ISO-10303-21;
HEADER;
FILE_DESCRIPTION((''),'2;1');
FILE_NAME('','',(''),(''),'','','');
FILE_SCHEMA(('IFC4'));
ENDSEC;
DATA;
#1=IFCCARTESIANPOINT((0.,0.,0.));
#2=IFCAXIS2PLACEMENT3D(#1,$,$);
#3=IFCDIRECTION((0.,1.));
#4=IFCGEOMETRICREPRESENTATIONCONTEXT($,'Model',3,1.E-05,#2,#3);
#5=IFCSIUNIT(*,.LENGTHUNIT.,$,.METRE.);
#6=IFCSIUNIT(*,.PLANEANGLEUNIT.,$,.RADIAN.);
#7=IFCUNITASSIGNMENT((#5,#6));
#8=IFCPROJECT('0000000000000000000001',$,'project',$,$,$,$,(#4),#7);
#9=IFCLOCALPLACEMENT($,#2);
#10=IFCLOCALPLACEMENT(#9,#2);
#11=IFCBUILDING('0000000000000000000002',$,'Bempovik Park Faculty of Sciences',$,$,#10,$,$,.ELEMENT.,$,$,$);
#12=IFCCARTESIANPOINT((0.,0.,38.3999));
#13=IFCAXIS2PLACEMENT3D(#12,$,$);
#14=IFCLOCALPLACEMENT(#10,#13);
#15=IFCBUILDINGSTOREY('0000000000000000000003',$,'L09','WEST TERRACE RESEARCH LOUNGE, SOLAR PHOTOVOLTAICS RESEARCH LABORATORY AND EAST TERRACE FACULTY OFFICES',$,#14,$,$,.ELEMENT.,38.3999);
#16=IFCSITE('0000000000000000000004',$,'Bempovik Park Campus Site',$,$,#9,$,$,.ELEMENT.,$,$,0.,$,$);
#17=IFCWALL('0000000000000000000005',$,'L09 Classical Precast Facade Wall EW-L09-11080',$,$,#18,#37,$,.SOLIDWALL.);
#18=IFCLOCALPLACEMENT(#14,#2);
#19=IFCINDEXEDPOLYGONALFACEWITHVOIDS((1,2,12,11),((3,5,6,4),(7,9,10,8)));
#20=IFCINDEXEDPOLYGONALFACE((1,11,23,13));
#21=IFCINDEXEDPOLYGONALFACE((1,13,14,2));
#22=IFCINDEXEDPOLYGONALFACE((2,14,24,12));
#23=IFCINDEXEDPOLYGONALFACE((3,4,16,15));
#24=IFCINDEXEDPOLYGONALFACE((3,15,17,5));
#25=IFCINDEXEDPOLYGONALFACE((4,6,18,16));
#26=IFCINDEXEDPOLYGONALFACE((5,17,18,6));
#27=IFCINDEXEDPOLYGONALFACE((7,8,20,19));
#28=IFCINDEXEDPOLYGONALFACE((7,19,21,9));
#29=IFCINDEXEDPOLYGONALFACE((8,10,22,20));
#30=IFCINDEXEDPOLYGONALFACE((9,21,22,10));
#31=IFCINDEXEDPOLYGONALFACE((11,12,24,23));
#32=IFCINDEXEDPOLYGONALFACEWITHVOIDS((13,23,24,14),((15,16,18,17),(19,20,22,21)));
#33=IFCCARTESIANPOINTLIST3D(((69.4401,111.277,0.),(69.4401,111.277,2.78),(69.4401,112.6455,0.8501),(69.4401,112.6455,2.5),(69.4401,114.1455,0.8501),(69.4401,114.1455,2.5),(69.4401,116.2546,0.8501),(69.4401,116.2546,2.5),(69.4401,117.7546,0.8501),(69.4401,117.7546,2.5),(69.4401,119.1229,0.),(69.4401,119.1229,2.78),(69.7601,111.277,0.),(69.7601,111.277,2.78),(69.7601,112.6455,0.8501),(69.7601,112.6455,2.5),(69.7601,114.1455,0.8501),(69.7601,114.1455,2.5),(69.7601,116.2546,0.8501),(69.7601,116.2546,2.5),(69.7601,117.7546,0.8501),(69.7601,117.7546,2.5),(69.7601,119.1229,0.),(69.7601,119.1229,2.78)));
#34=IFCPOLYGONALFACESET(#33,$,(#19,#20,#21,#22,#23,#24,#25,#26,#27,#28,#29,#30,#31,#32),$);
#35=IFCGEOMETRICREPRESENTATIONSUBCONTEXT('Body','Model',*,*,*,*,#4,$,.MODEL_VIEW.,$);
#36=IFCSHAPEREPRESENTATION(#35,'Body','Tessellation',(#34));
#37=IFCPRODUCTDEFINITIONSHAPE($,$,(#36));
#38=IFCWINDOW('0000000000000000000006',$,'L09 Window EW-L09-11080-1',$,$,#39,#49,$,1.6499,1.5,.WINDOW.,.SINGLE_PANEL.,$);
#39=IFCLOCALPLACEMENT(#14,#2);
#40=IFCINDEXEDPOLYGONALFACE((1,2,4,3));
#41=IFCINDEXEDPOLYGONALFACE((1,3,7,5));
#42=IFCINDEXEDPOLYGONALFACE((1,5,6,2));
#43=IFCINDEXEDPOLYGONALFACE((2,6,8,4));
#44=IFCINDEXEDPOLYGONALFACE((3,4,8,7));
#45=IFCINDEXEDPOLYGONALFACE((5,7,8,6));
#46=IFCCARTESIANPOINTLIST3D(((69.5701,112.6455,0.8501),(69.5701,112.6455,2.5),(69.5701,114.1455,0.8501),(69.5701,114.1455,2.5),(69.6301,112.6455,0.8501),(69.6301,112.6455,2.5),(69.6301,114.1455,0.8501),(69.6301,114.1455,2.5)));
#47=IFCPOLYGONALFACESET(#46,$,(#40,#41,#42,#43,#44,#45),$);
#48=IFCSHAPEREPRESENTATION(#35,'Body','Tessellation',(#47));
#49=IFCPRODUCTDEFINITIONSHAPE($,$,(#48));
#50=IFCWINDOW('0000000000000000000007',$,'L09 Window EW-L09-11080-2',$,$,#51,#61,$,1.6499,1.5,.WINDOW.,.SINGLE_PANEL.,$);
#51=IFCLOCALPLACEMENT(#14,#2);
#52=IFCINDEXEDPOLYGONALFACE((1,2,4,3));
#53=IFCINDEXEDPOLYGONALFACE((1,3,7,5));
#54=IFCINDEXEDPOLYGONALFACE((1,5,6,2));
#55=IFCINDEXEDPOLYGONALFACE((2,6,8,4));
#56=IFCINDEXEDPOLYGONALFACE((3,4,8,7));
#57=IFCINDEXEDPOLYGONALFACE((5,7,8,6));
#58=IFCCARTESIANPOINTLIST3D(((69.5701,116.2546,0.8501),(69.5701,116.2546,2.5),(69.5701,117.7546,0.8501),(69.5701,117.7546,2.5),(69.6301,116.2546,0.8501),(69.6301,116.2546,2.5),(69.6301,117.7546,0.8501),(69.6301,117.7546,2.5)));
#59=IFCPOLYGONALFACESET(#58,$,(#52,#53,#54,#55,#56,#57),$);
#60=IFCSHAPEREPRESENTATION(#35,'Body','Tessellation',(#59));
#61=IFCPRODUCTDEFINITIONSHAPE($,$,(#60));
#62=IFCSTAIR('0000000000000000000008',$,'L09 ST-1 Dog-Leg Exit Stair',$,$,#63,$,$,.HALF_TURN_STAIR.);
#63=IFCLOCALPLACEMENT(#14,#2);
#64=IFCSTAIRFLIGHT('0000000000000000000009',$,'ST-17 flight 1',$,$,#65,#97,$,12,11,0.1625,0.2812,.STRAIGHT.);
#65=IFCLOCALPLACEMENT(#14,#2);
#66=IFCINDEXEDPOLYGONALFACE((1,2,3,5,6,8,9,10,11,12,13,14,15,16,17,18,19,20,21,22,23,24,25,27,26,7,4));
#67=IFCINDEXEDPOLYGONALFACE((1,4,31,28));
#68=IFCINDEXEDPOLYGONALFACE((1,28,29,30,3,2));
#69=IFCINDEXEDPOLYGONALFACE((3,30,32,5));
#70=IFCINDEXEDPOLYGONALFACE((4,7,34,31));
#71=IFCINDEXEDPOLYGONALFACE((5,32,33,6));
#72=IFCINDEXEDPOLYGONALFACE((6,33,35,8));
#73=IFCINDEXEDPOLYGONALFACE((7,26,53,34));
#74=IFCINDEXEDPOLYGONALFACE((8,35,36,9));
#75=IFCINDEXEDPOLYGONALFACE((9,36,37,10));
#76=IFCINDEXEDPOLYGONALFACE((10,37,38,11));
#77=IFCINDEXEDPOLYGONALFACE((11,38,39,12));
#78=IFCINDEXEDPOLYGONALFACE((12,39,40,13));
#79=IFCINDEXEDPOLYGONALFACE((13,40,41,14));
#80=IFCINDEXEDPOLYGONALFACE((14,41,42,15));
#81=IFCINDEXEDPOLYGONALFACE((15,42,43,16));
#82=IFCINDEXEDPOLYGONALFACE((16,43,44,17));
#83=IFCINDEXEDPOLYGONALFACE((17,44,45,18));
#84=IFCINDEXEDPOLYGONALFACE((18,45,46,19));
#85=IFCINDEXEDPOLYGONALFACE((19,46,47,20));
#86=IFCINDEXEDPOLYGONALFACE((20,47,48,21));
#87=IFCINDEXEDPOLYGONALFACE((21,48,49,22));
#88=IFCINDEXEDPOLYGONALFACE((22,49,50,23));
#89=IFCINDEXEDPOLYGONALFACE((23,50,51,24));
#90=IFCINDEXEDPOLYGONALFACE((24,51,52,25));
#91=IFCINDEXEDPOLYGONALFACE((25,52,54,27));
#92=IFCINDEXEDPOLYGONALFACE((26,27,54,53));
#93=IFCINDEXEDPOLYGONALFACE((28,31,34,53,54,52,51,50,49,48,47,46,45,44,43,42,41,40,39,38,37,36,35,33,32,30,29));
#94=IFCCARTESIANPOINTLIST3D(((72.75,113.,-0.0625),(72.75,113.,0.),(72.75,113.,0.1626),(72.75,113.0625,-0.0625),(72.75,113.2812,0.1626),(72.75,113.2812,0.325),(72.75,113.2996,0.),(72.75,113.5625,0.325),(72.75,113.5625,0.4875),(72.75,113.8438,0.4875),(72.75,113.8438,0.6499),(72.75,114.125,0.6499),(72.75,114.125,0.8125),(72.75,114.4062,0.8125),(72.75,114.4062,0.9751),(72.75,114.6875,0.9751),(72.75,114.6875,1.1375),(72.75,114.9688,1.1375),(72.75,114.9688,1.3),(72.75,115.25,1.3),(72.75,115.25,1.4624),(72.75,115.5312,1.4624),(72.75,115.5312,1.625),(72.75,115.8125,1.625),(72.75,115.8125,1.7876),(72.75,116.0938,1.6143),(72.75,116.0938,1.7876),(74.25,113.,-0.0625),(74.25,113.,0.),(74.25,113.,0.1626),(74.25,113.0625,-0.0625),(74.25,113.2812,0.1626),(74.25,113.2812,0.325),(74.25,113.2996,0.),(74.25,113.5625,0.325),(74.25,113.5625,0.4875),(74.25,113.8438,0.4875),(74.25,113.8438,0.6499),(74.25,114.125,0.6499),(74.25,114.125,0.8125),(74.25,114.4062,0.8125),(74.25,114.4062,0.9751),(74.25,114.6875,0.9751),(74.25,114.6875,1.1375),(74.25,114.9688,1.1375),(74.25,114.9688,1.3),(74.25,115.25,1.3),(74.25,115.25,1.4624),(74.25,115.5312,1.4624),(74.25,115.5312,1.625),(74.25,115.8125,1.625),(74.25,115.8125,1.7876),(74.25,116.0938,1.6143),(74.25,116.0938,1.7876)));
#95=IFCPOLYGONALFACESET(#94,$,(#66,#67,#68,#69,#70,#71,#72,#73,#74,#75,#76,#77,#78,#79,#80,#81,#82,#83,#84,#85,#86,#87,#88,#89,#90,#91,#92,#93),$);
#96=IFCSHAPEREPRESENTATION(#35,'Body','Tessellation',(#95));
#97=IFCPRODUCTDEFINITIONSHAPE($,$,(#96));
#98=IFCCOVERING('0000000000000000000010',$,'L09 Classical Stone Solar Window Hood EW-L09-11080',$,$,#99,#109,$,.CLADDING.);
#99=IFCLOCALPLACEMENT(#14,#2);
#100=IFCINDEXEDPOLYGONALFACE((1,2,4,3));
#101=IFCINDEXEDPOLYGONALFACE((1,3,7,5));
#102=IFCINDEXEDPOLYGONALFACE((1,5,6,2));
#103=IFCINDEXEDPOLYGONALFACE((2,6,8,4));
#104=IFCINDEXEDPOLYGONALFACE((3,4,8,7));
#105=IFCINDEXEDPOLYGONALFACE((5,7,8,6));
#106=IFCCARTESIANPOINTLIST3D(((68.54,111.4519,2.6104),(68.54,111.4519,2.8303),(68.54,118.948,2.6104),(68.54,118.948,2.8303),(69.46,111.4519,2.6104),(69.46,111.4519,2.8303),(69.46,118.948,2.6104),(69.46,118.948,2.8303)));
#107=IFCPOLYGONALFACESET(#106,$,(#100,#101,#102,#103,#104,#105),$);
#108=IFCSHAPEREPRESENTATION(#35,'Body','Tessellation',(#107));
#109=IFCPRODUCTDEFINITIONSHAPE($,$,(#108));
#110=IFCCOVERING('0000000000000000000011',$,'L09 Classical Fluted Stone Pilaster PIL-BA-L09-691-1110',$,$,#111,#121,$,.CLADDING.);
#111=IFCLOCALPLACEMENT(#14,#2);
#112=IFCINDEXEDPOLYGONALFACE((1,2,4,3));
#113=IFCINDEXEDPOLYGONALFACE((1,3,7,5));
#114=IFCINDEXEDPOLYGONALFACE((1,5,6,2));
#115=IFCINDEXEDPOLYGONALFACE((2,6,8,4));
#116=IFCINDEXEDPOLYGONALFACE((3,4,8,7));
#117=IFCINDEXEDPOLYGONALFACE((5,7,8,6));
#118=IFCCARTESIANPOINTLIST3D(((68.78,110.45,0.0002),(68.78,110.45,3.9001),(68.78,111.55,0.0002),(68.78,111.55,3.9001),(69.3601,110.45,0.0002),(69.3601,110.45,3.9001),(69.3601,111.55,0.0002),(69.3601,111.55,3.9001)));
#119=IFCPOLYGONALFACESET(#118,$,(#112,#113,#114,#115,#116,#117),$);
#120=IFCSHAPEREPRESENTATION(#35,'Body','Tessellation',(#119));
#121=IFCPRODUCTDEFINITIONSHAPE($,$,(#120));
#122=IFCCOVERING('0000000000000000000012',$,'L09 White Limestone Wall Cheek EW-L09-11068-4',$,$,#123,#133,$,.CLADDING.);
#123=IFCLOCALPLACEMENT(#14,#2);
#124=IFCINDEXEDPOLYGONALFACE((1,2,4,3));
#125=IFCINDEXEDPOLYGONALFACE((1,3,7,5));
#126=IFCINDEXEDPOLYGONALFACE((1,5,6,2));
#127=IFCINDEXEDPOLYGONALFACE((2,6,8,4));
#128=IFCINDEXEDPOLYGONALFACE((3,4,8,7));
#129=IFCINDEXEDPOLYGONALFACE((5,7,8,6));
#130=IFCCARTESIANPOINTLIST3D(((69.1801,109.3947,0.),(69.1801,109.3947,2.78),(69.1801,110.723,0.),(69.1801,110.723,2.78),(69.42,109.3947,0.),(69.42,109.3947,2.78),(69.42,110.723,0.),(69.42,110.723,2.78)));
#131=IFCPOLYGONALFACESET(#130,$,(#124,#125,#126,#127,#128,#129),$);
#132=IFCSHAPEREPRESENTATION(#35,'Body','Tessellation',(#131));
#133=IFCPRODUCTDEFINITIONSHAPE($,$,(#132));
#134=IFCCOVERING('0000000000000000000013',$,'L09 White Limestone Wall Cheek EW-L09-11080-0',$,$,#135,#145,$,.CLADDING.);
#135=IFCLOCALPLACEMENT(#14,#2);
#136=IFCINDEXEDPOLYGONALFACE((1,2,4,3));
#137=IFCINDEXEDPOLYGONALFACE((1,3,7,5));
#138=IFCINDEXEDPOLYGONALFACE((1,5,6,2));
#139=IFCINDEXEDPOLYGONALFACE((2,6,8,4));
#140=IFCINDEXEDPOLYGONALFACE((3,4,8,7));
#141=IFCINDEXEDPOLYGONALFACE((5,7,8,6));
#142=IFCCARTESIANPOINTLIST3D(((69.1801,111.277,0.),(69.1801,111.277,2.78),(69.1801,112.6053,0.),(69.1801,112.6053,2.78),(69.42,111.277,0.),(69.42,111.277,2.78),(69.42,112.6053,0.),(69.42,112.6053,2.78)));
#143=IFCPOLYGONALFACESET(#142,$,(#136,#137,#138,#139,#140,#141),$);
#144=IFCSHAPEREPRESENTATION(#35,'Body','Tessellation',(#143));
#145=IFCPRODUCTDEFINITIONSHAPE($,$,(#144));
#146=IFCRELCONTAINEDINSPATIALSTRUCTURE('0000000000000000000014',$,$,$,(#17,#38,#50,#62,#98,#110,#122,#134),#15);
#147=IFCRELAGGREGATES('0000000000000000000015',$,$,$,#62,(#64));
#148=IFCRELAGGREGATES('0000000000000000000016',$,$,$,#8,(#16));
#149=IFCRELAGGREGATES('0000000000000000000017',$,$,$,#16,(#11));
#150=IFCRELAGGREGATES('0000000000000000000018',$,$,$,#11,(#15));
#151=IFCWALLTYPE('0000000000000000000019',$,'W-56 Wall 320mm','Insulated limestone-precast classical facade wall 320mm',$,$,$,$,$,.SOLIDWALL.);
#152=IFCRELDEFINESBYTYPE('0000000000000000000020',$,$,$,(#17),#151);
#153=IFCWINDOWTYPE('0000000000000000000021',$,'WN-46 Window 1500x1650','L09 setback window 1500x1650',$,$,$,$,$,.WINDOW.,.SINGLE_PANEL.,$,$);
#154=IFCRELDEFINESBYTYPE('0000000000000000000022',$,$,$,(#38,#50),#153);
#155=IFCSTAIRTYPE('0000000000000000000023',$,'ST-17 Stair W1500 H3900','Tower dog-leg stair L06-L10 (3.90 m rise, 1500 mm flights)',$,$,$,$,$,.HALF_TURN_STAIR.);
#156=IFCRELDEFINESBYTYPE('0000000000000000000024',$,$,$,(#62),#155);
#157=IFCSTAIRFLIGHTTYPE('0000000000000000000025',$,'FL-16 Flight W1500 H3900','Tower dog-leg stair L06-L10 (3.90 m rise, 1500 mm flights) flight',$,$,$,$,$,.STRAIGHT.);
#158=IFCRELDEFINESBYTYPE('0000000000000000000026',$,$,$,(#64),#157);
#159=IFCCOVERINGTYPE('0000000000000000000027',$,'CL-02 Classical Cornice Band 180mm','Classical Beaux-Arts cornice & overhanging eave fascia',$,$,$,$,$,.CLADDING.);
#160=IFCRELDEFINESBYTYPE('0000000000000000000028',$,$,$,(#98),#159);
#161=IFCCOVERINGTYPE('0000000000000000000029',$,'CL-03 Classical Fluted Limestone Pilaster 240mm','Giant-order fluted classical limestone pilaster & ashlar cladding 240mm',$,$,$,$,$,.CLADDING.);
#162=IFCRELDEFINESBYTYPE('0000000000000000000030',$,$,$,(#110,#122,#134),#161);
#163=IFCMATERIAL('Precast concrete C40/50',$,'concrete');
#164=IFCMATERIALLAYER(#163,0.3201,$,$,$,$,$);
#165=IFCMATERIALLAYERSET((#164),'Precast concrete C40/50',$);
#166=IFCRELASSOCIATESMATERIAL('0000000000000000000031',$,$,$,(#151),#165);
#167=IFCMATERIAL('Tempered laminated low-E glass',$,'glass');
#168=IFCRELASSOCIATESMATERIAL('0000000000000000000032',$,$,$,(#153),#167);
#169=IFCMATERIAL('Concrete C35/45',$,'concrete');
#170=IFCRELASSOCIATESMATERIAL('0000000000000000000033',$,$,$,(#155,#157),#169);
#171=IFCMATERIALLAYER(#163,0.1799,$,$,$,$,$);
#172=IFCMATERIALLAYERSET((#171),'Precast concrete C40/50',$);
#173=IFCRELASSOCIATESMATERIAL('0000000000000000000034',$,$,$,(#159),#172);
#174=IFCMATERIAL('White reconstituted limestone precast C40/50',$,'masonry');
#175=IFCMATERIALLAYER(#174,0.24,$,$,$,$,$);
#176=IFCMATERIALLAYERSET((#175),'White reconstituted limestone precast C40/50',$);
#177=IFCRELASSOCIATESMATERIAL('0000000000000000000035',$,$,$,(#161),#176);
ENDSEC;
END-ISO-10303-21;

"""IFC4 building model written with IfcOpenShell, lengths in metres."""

from ifc_helpers import new_model, si_unit, direction, frame, frame_2d, origin, origin_2d, place, context, subcontext, project, spatial, polyline, rectangle, outline, extrude, material, layer, layer_set, type_object, element, fill, aggregate, save


model = new_model("IFC4")

# Units and contexts
model_context = context("Model", 3, precision=1e-05, world=origin(), true_north=direction((0.0, 1.0)))
body_context = subcontext(model_context, "Body", "Model", "MODEL_VIEW")
ifc_project = project(units=[si_unit("LENGTHUNIT", "METRE"), si_unit("PLANEANGLEUNIT", "RADIAN")], contexts=[model_context])

# Site, building, storey
site_placement = place(None, origin())
site = spatial("IfcSite", under=ifc_project, at=site_placement, Name="Bempovik Park Campus Site", CompositionType="ELEMENT", RefElevation=0.0)
building_placement = place(site_placement, origin())
building = spatial("IfcBuilding", under=site, at=building_placement, Name="Bempovik Park Faculty of Sciences", CompositionType="ELEMENT")
storey_placement = place(building_placement, frame((0.0, 0.0, 38.3999)))
storey = spatial("IfcBuildingStorey", under=building, at=storey_placement, Name="L09", Description="WEST TERRACE RESEARCH LOUNGE, SOLAR PHOTOVOLTAICS RESEARCH LABORATORY AND EAST TERRACE FACULTY OFFICES", CompositionType="ELEMENT", Elevation=38.3999)

# Shared definitions
ifc_material_1 = material(Name="Concrete C35/45", Category="concrete")

# Wall, openings, windows
ifc_material_2 = material(Name="Precast concrete C40/50", Category="concrete")
ifc_layer_1 = layer(ifc_material_2, 0.3201)
ifc_layer_set_1 = layer_set([ifc_layer_1], Name="Precast concrete C40/50")
wall_type_1 = type_object("IfcWallType", Name="W-56 Wall 320mm", Description="Insulated limestone-precast classical facade wall 320mm", PredefinedType="SOLIDWALL", material=ifc_layer_set_1)
wall_1_placement = place(storey_placement, frame((69.6001, 111.2771, 0.0), z_axis=(0.0, 0.0, 1.0), x_axis=(0.0, 1.0, 0.0)))
wall_1 = element("IfcWall", 1, at=wall_1_placement, inside=storey, type_object=wall_type_1, Name="L09 Classical Precast Facade Wall EW-L09-11080", PredefinedType="SOLIDWALL", context=body_context, shape_type="SweptSolid", body=[
    extrude(rectangle(XDim=7.8459, YDim=0.3201, at=frame_2d((3.9229, 0.0))), origin(), (0.0, 0.0, 1.0), 2.78),
])
opening_1_placement = place(wall_1_placement, frame((1.3684, 0.0, 0.8501)))
opening_1 = element("IfcOpeningElement", 2, at=opening_1_placement, cuts=wall_1, PredefinedType="OPENING", context=body_context, shape_type="SweptSolid", body=[
    extrude(rectangle(XDim=1.5, YDim=1.6499, at=frame_2d((0.75, 0.825))), frame((0.0, 0.1699, 0.0), z_axis=(0.0, -1.0, 0.0), x_axis=(1.0, 0.0, 0.0)), (0.0, 0.0, 1.0), 0.3401),
])
opening_2_placement = place(wall_1_placement, frame((4.9775, 0.0, 0.8501)))
opening_2 = element("IfcOpeningElement", 3, at=opening_2_placement, cuts=wall_1, PredefinedType="OPENING", context=body_context, shape_type="SweptSolid", body=[
    extrude(rectangle(XDim=1.5, YDim=1.6499, at=frame_2d((0.75, 0.825))), frame((0.0, 0.1699, 0.0), z_axis=(0.0, -1.0, 0.0), x_axis=(1.0, 0.0, 0.0)), (0.0, 0.0, 1.0), 0.3401),
])
ifc_material_3 = material(Name="Tempered laminated low-E glass", Category="glass")
window_type = type_object("IfcWindowType", Name="WN-46 Window 1500x1650", Description="L09 setback window 1500x1650", PartitioningType="SINGLE_PANEL", PredefinedType="WINDOW", material=ifc_material_3)
window_1_placement = place(opening_1_placement, origin())
window_1 = element("IfcWindow", 4, at=window_1_placement, inside=storey, type_object=window_type, Name="L09 Window EW-L09-11080-1", OverallHeight=1.6499, OverallWidth=1.5, PartitioningType="SINGLE_PANEL", PredefinedType="WINDOW", context=body_context, shape_type="SweptSolid", body=[
    extrude(rectangle(XDim=1.5, YDim=1.6499, at=frame_2d((0.75, 0.825))), frame((0.0, 0.03, 0.0), z_axis=(0.0, -1.0, 0.0), x_axis=(1.0, 0.0, 0.0)), (0.0, 0.0, 1.0), 0.0601),
])
fill(opening_1, window_1)
window_2_placement = place(opening_2_placement, origin())
window_2 = element("IfcWindow", 5, at=window_2_placement, inside=storey, type_object=window_type, Name="L09 Window EW-L09-11080-2", OverallHeight=1.6499, OverallWidth=1.5, PartitioningType="SINGLE_PANEL", PredefinedType="WINDOW", context=body_context, shape_type="SweptSolid", body=[
    extrude(rectangle(XDim=1.5, YDim=1.6499, at=frame_2d((0.75, 0.825))), frame((0.0, 0.03, 0.0), z_axis=(0.0, -1.0, 0.0), x_axis=(1.0, 0.0, 0.0)), (0.0, 0.0, 1.0), 0.0601),
])
fill(opening_2, window_2)

# Stair, stair flight
stair_type = type_object("IfcStairType", Name="ST-17 Stair W1500 H3900", Description="Tower dog-leg stair L06-L10 (3.90 m rise, 1500 mm flights)", PredefinedType="HALF_TURN_STAIR", material=ifc_material_1)
stair_placement = place(storey_placement, origin())
stair = element("IfcStair", 6, at=stair_placement, inside=storey, type_object=stair_type, Name="L09 ST-1 Dog-Leg Exit Stair", PredefinedType="HALF_TURN_STAIR")
stair_flight_type = type_object("IfcStairFlightType", Name="FL-16 Flight W1500 H3900", Description="Tower dog-leg stair L06-L10 (3.90 m rise, 1500 mm flights) flight", PredefinedType="STRAIGHT", material=ifc_material_1)
stair_flight_placement = place(storey_placement, frame((73.5, 113.0, 0.0), z_axis=(0.0, 0.0, 1.0), x_axis=(0.0, 1.0, 0.0)))
stair_flight = element("IfcStairFlight", 7, at=stair_flight_placement, type_object=stair_flight_type, Name="ST-17 flight 1", NumberOfRisers=12, NumberOfTreads=11, PredefinedType="STRAIGHT", RiserHeight=0.1625, TreadLength=0.2812, context=body_context, shape_type="SweptSolid", body=[
    extrude(outline(polyline([(0.0, 0.0), (0.0, 0.1626), (0.2812, 0.1626), (0.2812, 0.325), (0.5625, 0.325), (0.5625, 0.4875), (0.8438, 0.4875), (0.8438, 0.6499), (1.125, 0.6499), (1.125, 0.8125), (1.4062, 0.8125), (1.4062, 0.9751), (1.6875, 0.9751), (1.6875, 1.1375), (1.9688, 1.1375), (1.9688, 1.3), (2.25, 1.3), (2.25, 1.4624), (2.5312, 1.4624), (2.5312, 1.625), (2.8125, 1.625), (2.8125, 1.7876), (3.0938, 1.7876), (3.0938, 1.95), (3.0938, 1.6143), (0.2996, 0.0), (0.0625, -0.0625), (0.0, -0.0625), (0.0, 0.0)])), frame((0.0, 0.75, 0.0), z_axis=(0.0, -1.0, 0.0), x_axis=(1.0, 0.0, 0.0)), (0.0, 0.0, 1.0), 1.5),
])
aggregate(stair, [stair_flight])

# Coverings
ifc_layer_2 = layer(ifc_material_2, 0.1799)
ifc_layer_set_2 = layer_set([ifc_layer_2], Name="Precast concrete C40/50")
covering_type_1 = type_object("IfcCoveringType", Name="CL-02 Classical Cornice Band 180mm", Description="Classical Beaux-Arts cornice & overhanging eave fascia", PredefinedType="CLADDING", material=ifc_layer_set_2)
covering_1_placement = place(storey_placement, frame((69.0, 115.2, 2.6104), z_axis=(0.0, 0.0, 1.0), x_axis=(1.0, 0.0, 0.0)))
element("IfcCovering", 8, at=covering_1_placement, inside=storey, type_object=covering_type_1, Name="L09 Classical Stone Solar Window Hood EW-L09-11080", PredefinedType="CLADDING", context=body_context, shape_type="SweptSolid", body=[
    extrude(rectangle(XDim=0.9199, YDim=7.4961, at=origin_2d()), origin(), (0.0, 0.0, 1.0), 0.22),
])
ifc_material_4 = material(Name="White reconstituted limestone precast C40/50", Category="masonry")
ifc_layer_3 = layer(ifc_material_4, 0.24)
ifc_layer_set_3 = layer_set([ifc_layer_3], Name="White reconstituted limestone precast C40/50")
covering_type_2 = type_object("IfcCoveringType", Name="CL-03 Classical Fluted Limestone Pilaster 240mm", Description="Giant-order fluted classical limestone pilaster & ashlar cladding 240mm", PredefinedType="CLADDING", material=ifc_layer_set_3)
covering_2_placement = place(storey_placement, frame((69.0701, 111.0, 0.0002), z_axis=(0.0, 0.0, 1.0), x_axis=(1.0, 0.0, 0.0)))
element("IfcCovering", 9, at=covering_2_placement, inside=storey, type_object=covering_type_2, Name="L09 Classical Fluted Stone Pilaster PIL-BA-L09-691-1110", PredefinedType="CLADDING", context=body_context, shape_type="SweptSolid", body=[
    extrude(rectangle(XDim=0.5801, YDim=1.1001, at=origin_2d()), origin(), (0.0, 0.0, 1.0), 3.8999),
])
for number, where, z_axis, x_axis, name in (
    (10, (69.3, 110.0588, 0.0), (0.0, 0.0, 1.0), (1.0, 0.0, 0.0), "L09 White Limestone Wall Cheek EW-L09-11068-4"),
    (11, (69.3, 111.9412, 0.0), (0.0, 0.0, 1.0), (1.0, 0.0, 0.0), "L09 White Limestone Wall Cheek EW-L09-11080-0"),
):
    element("IfcCovering", number, at=place(storey_placement, frame(where, z_axis=z_axis, x_axis=x_axis)), inside=storey, type_object=covering_type_2, Name=name, PredefinedType="CLADDING", context=body_context, shape_type="SweptSolid", body=[
        extrude(rectangle(XDim=0.24, YDim=1.3284, at=origin_2d()), origin(), (0.0, 0.0, 1.0), 2.78),
    ])

save(model, "model.ifc")
